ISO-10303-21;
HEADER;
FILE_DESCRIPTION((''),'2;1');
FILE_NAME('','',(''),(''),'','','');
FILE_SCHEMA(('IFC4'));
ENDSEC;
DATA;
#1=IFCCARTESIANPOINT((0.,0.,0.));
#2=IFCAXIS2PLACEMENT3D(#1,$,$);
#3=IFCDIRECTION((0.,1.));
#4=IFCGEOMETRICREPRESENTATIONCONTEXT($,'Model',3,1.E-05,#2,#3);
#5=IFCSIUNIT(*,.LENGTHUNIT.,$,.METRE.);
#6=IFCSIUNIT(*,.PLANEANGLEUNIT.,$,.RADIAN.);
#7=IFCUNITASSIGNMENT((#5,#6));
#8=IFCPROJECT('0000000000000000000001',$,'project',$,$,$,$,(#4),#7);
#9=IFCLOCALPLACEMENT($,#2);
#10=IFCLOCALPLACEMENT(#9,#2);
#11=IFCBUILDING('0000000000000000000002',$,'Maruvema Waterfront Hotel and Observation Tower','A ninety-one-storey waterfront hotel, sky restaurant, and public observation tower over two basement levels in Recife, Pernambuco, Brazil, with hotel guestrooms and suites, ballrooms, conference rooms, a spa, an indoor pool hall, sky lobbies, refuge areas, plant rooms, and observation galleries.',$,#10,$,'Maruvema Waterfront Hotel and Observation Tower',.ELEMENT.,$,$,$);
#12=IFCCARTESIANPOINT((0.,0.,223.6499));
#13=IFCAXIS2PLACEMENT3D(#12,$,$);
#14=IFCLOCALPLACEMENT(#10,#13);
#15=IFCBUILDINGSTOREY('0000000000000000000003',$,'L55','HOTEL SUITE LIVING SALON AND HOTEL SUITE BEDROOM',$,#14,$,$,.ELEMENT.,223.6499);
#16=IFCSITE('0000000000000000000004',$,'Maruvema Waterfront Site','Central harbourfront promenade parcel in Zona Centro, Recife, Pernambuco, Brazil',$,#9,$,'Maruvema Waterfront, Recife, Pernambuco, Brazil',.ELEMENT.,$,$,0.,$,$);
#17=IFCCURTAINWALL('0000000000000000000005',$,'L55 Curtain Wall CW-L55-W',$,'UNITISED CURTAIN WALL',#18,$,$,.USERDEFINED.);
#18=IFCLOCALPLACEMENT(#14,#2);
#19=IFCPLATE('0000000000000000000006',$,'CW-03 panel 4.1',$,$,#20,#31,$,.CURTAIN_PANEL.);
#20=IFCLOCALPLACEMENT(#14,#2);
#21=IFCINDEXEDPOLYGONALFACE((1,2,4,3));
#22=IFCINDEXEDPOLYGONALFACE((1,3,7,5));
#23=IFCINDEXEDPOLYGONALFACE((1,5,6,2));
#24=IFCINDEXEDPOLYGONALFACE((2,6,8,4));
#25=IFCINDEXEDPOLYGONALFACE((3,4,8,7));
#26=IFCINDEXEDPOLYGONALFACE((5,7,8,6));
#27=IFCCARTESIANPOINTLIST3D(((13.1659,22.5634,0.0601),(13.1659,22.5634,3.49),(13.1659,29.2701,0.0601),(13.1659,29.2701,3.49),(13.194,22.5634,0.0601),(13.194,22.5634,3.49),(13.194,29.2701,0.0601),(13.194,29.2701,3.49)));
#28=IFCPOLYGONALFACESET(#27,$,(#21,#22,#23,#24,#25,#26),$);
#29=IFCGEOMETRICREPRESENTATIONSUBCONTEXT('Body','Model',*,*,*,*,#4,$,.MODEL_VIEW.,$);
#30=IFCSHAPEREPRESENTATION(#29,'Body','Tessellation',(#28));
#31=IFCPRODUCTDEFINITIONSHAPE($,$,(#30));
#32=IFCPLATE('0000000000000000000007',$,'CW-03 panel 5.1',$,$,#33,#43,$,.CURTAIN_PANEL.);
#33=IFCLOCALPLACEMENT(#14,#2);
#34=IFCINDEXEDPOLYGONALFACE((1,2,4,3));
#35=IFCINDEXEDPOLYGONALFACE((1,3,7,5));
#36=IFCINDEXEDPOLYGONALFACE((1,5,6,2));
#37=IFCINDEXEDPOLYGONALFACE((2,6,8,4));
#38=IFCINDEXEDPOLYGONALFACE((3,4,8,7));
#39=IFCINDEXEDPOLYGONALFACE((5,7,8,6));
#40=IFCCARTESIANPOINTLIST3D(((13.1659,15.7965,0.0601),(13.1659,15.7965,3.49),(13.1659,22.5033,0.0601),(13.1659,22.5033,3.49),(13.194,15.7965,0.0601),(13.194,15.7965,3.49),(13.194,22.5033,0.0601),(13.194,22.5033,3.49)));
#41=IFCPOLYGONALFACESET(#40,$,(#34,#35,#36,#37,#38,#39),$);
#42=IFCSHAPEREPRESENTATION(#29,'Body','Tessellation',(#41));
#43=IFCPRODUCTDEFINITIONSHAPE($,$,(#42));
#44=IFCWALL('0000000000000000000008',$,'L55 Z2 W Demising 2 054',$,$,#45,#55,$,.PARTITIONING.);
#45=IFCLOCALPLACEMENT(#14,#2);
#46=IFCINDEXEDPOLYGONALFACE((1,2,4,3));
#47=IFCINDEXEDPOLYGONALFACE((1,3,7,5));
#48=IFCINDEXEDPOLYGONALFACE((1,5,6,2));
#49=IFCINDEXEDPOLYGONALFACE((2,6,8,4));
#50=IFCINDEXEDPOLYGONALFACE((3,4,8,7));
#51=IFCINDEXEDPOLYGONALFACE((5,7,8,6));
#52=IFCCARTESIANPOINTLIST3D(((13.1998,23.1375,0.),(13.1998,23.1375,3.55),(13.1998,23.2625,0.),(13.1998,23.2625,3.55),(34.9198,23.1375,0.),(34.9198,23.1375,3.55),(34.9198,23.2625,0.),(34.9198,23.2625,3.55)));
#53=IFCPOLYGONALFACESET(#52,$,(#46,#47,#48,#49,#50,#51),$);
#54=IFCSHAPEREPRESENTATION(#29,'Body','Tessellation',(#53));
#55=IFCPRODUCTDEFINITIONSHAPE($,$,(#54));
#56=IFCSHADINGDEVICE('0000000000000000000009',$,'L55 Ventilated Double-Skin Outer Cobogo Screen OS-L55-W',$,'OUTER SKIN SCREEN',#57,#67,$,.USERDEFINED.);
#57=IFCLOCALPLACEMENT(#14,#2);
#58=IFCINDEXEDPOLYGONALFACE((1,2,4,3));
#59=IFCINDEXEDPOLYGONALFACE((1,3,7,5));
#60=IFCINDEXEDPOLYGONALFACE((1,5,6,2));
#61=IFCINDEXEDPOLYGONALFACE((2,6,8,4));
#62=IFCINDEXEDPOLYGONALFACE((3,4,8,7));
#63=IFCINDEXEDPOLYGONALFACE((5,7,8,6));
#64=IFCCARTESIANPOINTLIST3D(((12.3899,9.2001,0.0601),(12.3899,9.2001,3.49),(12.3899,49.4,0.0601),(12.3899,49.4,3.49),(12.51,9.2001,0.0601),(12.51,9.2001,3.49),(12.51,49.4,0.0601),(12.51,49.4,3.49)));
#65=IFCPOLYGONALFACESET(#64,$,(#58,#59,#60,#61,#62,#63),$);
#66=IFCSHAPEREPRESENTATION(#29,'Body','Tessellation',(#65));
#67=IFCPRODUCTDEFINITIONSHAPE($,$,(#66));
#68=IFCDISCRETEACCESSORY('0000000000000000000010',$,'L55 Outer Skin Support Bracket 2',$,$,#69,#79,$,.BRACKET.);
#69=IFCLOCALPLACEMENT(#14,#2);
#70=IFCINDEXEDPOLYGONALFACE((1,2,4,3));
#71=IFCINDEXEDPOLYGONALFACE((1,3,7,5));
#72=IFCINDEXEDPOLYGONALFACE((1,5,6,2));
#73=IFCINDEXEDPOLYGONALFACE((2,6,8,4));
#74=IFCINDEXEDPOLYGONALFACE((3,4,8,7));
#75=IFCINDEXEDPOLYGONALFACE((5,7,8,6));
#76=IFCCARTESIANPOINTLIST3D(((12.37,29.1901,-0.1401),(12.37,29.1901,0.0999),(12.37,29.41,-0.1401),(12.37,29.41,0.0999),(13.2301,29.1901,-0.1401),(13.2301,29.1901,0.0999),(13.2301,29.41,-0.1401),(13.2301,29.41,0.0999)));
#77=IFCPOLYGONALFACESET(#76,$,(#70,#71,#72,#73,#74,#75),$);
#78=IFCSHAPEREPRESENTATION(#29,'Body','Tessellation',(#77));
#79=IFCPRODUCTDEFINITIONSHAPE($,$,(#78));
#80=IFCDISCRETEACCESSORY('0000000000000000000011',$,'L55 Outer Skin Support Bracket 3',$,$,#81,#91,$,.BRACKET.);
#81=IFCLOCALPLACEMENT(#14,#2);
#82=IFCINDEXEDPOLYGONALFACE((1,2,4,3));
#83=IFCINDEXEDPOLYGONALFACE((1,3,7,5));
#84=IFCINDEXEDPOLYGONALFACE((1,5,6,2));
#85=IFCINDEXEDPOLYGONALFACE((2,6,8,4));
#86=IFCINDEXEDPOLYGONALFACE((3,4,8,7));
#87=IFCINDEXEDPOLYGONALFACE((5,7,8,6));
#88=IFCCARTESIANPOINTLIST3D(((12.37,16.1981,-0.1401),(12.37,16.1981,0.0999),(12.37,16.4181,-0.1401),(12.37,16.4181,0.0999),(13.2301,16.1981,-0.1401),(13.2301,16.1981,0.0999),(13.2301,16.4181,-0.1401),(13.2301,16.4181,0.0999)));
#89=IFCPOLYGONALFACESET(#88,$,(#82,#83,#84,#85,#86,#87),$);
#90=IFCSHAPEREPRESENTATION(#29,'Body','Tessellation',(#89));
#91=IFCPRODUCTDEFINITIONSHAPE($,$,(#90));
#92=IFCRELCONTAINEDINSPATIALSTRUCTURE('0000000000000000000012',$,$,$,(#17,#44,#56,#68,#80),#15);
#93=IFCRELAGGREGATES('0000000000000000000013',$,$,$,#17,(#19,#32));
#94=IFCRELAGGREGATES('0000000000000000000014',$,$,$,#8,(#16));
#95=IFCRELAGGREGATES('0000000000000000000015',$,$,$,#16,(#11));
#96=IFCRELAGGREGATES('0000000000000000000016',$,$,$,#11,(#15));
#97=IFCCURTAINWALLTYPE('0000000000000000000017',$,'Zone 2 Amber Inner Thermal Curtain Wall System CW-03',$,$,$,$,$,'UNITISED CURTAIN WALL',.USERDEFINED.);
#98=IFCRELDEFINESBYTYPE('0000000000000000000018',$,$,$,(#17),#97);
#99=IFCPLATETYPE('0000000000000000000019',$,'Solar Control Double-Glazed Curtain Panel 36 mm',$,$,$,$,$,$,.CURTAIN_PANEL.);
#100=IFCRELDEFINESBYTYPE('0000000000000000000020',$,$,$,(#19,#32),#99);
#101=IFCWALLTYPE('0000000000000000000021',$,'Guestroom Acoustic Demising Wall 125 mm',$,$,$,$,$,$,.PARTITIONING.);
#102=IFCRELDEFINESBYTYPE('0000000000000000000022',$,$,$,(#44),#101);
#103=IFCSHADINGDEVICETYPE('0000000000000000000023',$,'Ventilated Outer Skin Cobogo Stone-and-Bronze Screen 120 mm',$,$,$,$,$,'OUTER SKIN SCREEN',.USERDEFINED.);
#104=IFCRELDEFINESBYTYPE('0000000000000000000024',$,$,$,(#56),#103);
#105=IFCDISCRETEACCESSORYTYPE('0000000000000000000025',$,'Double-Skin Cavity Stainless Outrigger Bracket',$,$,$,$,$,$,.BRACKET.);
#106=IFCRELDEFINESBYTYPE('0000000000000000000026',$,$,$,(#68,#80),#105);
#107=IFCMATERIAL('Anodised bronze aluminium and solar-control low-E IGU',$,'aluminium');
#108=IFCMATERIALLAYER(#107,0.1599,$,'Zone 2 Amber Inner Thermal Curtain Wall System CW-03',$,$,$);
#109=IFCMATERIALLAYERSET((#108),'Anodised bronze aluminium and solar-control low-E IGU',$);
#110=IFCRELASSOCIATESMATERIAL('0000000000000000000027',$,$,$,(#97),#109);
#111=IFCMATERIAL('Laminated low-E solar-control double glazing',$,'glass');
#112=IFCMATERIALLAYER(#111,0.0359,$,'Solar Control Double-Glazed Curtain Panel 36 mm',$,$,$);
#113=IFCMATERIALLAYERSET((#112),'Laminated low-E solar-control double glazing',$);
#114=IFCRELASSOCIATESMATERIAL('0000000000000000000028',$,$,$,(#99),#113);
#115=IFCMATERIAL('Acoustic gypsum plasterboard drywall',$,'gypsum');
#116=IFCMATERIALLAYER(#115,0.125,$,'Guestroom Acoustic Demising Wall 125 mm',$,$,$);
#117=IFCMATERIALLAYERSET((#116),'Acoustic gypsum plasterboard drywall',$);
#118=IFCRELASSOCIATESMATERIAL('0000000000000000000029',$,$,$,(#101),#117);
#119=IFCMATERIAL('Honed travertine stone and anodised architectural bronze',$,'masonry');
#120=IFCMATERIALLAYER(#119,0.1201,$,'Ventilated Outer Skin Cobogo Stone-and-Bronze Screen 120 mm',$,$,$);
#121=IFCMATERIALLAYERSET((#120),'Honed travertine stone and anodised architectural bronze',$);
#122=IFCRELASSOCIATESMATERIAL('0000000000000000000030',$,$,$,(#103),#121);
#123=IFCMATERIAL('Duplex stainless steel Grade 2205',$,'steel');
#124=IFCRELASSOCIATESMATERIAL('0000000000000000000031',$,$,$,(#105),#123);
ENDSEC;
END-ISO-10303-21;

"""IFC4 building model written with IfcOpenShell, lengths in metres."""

from ifc_helpers import new_model, si_unit, direction, frame, frame_2d, origin, origin_2d, place, context, subcontext, project, spatial, rectangle, extrude, material, layer, layer_set, type_object, element, aggregate, save


model = new_model("IFC4")

# Units and contexts
model_context = context("Model", 3, precision=1e-05, world=origin(), true_north=direction((0.0, 1.0)))
body_context = subcontext(model_context, "Body", "Model", "MODEL_VIEW")
ifc_project = project(units=[si_unit("LENGTHUNIT", "METRE"), si_unit("PLANEANGLEUNIT", "RADIAN")], contexts=[model_context])

# Site, building, storey
site_placement = place(None, origin())
site = spatial("IfcSite", under=ifc_project, at=site_placement, Name="Maruvema Waterfront Site", Description="Central harbourfront promenade parcel in Zona Centro, Recife, Pernambuco, Brazil", LongName="Maruvema Waterfront, Recife, Pernambuco, Brazil", CompositionType="ELEMENT", RefElevation=0.0)
building_placement = place(site_placement, origin())
building = spatial("IfcBuilding", under=site, at=building_placement, Name="Maruvema Waterfront Hotel and Observation Tower", Description="A ninety-one-storey waterfront hotel, sky restaurant, and public observation tower over two basement levels in Recife, Pernambuco, Brazil, with hotel guestrooms and suites, ballrooms, conference rooms, a spa, an indoor pool hall, sky lobbies, refuge areas, plant rooms, and observation galleries.", LongName="Maruvema Waterfront Hotel and Observation Tower", CompositionType="ELEMENT")
storey_placement = place(building_placement, frame((0.0, 0.0, 223.6499)))
storey = spatial("IfcBuildingStorey", under=building, at=storey_placement, Name="L55", Description="HOTEL SUITE LIVING SALON AND HOTEL SUITE BEDROOM", CompositionType="ELEMENT", Elevation=223.6499)

# Curtain wall
ifc_material_1 = material(Name="Anodised bronze aluminium and solar-control low-E IGU", Category="aluminium")
ifc_layer_1 = layer(ifc_material_1, 0.1599, Name="Zone 2 Amber Inner Thermal Curtain Wall System CW-03")
ifc_layer_set_1 = layer_set([ifc_layer_1], Name="Anodised bronze aluminium and solar-control low-E IGU")
curtain_wall_type = type_object("IfcCurtainWallType", Name="Zone 2 Amber Inner Thermal Curtain Wall System CW-03", ElementType="UNITISED CURTAIN WALL", PredefinedType="USERDEFINED", material=ifc_layer_set_1)
curtain_wall_placement = place(storey_placement, origin())
curtain_wall = element("IfcCurtainWall", 1, at=curtain_wall_placement, inside=storey, type_object=curtain_wall_type, Name="L55 Curtain Wall CW-L55-W", ObjectType="UNITISED CURTAIN WALL", PredefinedType="USERDEFINED")

# Plates
ifc_material_2 = material(Name="Laminated low-E solar-control double glazing", Category="glass")
ifc_layer_2 = layer(ifc_material_2, 0.0359, Name="Solar Control Double-Glazed Curtain Panel 36 mm")
ifc_layer_set_2 = layer_set([ifc_layer_2], Name="Laminated low-E solar-control double glazing")
plate_type = type_object("IfcPlateType", Name="Solar Control Double-Glazed Curtain Panel 36 mm", PredefinedType="CURTAIN_PANEL", material=ifc_layer_set_2)
plate_1_placement = place(storey_placement, frame((13.1799, 25.9167, 0.0601), z_axis=(0.0, 0.0, 1.0), x_axis=(0.0, -1.0, 0.0)))
plate_1 = element("IfcPlate", 2, at=plate_1_placement, type_object=plate_type, Name="CW-03 panel 4.1", PredefinedType="CURTAIN_PANEL", context=body_context, shape_type="SweptSolid", body=[
    extrude(rectangle(XDim=6.7068, YDim=0.0281, at=origin_2d()), origin(), (0.0, 0.0, 1.0), 3.4299),
])
plate_2_placement = place(storey_placement, frame((13.1799, 19.1499, 0.0601), z_axis=(0.0, 0.0, 1.0), x_axis=(0.0, -1.0, 0.0)))
plate_2 = element("IfcPlate", 3, at=plate_2_placement, type_object=plate_type, Name="CW-03 panel 5.1", PredefinedType="CURTAIN_PANEL", context=body_context, shape_type="SweptSolid", body=[
    extrude(rectangle(XDim=6.7068, YDim=0.0281, at=origin_2d()), origin(), (0.0, 0.0, 1.0), 3.4299),
])
aggregate(curtain_wall, [plate_1, plate_2])

# Wall
ifc_material_3 = material(Name="Acoustic gypsum plasterboard drywall", Category="gypsum")
ifc_layer_3 = layer(ifc_material_3, 0.125, Name="Guestroom Acoustic Demising Wall 125 mm")
ifc_layer_set_3 = layer_set([ifc_layer_3], Name="Acoustic gypsum plasterboard drywall")
wall_type = type_object("IfcWallType", Name="Guestroom Acoustic Demising Wall 125 mm", PredefinedType="PARTITIONING", material=ifc_layer_set_3)
wall_placement = place(storey_placement, frame((13.2, 23.2, 0.0), z_axis=(0.0, 0.0, 1.0), x_axis=(1.0, 0.0, 0.0)))
element("IfcWall", 4, at=wall_placement, inside=storey, type_object=wall_type, Name="L55 Z2 W Demising 2 054", PredefinedType="PARTITIONING", context=body_context, shape_type="SweptSolid", body=[
    extrude(rectangle(XDim=21.72, YDim=0.125, at=frame_2d((10.8599, 0.0))), origin(), (0.0, 0.0, 1.0), 3.55),
])

# Shading device
ifc_material_4 = material(Name="Honed travertine stone and anodised architectural bronze", Category="masonry")
ifc_layer_4 = layer(ifc_material_4, 0.1201, Name="Ventilated Outer Skin Cobogo Stone-and-Bronze Screen 120 mm")
ifc_layer_set_4 = layer_set([ifc_layer_4], Name="Honed travertine stone and anodised architectural bronze")
shading_device_type = type_object("IfcShadingDeviceType", Name="Ventilated Outer Skin Cobogo Stone-and-Bronze Screen 120 mm", ElementType="OUTER SKIN SCREEN", PredefinedType="USERDEFINED", material=ifc_layer_set_4)
shading_device_placement = place(storey_placement, frame((12.45, 29.3, 0.0601), z_axis=(0.0, 0.0, 1.0), x_axis=(0.0, -1.0, 0.0)))
element("IfcShadingDevice", 5, at=shading_device_placement, inside=storey, type_object=shading_device_type, Name="L55 Ventilated Double-Skin Outer Cobogo Screen OS-L55-W", ObjectType="OUTER SKIN SCREEN", PredefinedType="USERDEFINED", context=body_context, shape_type="SweptSolid", body=[
    extrude(rectangle(XDim=40.2, YDim=0.1201, at=origin_2d()), origin(), (0.0, 0.0, 1.0), 3.4299),
])

# Discrete accessories
ifc_material_5 = material(Name="Duplex stainless steel Grade 2205", Category="steel")
discrete_accessory_type = type_object("IfcDiscreteAccessoryType", Name="Double-Skin Cavity Stainless Outrigger Bracket", PredefinedType="BRACKET", material=ifc_material_5)
for number, where, z_axis, x_axis, name in (
    (6, (12.8, 29.3, -0.1401), (0.0, 0.0, 1.0), (0.0, -1.0, 0.0), "L55 Outer Skin Support Bracket 2"),
    (7, (12.8, 16.3081, -0.1401), (0.0, 0.0, 1.0), (0.0, -1.0, 0.0), "L55 Outer Skin Support Bracket 3"),
):
    element("IfcDiscreteAccessory", number, at=place(storey_placement, frame(where, z_axis=z_axis, x_axis=x_axis)), inside=storey, type_object=discrete_accessory_type, Name=name, PredefinedType="BRACKET", context=body_context, shape_type="SweptSolid", body=[
        extrude(rectangle(XDim=0.22, YDim=0.8601, at=origin_2d()), origin(), (0.0, 0.0, 1.0), 0.24),
    ])

save(model, "model.ifc")
